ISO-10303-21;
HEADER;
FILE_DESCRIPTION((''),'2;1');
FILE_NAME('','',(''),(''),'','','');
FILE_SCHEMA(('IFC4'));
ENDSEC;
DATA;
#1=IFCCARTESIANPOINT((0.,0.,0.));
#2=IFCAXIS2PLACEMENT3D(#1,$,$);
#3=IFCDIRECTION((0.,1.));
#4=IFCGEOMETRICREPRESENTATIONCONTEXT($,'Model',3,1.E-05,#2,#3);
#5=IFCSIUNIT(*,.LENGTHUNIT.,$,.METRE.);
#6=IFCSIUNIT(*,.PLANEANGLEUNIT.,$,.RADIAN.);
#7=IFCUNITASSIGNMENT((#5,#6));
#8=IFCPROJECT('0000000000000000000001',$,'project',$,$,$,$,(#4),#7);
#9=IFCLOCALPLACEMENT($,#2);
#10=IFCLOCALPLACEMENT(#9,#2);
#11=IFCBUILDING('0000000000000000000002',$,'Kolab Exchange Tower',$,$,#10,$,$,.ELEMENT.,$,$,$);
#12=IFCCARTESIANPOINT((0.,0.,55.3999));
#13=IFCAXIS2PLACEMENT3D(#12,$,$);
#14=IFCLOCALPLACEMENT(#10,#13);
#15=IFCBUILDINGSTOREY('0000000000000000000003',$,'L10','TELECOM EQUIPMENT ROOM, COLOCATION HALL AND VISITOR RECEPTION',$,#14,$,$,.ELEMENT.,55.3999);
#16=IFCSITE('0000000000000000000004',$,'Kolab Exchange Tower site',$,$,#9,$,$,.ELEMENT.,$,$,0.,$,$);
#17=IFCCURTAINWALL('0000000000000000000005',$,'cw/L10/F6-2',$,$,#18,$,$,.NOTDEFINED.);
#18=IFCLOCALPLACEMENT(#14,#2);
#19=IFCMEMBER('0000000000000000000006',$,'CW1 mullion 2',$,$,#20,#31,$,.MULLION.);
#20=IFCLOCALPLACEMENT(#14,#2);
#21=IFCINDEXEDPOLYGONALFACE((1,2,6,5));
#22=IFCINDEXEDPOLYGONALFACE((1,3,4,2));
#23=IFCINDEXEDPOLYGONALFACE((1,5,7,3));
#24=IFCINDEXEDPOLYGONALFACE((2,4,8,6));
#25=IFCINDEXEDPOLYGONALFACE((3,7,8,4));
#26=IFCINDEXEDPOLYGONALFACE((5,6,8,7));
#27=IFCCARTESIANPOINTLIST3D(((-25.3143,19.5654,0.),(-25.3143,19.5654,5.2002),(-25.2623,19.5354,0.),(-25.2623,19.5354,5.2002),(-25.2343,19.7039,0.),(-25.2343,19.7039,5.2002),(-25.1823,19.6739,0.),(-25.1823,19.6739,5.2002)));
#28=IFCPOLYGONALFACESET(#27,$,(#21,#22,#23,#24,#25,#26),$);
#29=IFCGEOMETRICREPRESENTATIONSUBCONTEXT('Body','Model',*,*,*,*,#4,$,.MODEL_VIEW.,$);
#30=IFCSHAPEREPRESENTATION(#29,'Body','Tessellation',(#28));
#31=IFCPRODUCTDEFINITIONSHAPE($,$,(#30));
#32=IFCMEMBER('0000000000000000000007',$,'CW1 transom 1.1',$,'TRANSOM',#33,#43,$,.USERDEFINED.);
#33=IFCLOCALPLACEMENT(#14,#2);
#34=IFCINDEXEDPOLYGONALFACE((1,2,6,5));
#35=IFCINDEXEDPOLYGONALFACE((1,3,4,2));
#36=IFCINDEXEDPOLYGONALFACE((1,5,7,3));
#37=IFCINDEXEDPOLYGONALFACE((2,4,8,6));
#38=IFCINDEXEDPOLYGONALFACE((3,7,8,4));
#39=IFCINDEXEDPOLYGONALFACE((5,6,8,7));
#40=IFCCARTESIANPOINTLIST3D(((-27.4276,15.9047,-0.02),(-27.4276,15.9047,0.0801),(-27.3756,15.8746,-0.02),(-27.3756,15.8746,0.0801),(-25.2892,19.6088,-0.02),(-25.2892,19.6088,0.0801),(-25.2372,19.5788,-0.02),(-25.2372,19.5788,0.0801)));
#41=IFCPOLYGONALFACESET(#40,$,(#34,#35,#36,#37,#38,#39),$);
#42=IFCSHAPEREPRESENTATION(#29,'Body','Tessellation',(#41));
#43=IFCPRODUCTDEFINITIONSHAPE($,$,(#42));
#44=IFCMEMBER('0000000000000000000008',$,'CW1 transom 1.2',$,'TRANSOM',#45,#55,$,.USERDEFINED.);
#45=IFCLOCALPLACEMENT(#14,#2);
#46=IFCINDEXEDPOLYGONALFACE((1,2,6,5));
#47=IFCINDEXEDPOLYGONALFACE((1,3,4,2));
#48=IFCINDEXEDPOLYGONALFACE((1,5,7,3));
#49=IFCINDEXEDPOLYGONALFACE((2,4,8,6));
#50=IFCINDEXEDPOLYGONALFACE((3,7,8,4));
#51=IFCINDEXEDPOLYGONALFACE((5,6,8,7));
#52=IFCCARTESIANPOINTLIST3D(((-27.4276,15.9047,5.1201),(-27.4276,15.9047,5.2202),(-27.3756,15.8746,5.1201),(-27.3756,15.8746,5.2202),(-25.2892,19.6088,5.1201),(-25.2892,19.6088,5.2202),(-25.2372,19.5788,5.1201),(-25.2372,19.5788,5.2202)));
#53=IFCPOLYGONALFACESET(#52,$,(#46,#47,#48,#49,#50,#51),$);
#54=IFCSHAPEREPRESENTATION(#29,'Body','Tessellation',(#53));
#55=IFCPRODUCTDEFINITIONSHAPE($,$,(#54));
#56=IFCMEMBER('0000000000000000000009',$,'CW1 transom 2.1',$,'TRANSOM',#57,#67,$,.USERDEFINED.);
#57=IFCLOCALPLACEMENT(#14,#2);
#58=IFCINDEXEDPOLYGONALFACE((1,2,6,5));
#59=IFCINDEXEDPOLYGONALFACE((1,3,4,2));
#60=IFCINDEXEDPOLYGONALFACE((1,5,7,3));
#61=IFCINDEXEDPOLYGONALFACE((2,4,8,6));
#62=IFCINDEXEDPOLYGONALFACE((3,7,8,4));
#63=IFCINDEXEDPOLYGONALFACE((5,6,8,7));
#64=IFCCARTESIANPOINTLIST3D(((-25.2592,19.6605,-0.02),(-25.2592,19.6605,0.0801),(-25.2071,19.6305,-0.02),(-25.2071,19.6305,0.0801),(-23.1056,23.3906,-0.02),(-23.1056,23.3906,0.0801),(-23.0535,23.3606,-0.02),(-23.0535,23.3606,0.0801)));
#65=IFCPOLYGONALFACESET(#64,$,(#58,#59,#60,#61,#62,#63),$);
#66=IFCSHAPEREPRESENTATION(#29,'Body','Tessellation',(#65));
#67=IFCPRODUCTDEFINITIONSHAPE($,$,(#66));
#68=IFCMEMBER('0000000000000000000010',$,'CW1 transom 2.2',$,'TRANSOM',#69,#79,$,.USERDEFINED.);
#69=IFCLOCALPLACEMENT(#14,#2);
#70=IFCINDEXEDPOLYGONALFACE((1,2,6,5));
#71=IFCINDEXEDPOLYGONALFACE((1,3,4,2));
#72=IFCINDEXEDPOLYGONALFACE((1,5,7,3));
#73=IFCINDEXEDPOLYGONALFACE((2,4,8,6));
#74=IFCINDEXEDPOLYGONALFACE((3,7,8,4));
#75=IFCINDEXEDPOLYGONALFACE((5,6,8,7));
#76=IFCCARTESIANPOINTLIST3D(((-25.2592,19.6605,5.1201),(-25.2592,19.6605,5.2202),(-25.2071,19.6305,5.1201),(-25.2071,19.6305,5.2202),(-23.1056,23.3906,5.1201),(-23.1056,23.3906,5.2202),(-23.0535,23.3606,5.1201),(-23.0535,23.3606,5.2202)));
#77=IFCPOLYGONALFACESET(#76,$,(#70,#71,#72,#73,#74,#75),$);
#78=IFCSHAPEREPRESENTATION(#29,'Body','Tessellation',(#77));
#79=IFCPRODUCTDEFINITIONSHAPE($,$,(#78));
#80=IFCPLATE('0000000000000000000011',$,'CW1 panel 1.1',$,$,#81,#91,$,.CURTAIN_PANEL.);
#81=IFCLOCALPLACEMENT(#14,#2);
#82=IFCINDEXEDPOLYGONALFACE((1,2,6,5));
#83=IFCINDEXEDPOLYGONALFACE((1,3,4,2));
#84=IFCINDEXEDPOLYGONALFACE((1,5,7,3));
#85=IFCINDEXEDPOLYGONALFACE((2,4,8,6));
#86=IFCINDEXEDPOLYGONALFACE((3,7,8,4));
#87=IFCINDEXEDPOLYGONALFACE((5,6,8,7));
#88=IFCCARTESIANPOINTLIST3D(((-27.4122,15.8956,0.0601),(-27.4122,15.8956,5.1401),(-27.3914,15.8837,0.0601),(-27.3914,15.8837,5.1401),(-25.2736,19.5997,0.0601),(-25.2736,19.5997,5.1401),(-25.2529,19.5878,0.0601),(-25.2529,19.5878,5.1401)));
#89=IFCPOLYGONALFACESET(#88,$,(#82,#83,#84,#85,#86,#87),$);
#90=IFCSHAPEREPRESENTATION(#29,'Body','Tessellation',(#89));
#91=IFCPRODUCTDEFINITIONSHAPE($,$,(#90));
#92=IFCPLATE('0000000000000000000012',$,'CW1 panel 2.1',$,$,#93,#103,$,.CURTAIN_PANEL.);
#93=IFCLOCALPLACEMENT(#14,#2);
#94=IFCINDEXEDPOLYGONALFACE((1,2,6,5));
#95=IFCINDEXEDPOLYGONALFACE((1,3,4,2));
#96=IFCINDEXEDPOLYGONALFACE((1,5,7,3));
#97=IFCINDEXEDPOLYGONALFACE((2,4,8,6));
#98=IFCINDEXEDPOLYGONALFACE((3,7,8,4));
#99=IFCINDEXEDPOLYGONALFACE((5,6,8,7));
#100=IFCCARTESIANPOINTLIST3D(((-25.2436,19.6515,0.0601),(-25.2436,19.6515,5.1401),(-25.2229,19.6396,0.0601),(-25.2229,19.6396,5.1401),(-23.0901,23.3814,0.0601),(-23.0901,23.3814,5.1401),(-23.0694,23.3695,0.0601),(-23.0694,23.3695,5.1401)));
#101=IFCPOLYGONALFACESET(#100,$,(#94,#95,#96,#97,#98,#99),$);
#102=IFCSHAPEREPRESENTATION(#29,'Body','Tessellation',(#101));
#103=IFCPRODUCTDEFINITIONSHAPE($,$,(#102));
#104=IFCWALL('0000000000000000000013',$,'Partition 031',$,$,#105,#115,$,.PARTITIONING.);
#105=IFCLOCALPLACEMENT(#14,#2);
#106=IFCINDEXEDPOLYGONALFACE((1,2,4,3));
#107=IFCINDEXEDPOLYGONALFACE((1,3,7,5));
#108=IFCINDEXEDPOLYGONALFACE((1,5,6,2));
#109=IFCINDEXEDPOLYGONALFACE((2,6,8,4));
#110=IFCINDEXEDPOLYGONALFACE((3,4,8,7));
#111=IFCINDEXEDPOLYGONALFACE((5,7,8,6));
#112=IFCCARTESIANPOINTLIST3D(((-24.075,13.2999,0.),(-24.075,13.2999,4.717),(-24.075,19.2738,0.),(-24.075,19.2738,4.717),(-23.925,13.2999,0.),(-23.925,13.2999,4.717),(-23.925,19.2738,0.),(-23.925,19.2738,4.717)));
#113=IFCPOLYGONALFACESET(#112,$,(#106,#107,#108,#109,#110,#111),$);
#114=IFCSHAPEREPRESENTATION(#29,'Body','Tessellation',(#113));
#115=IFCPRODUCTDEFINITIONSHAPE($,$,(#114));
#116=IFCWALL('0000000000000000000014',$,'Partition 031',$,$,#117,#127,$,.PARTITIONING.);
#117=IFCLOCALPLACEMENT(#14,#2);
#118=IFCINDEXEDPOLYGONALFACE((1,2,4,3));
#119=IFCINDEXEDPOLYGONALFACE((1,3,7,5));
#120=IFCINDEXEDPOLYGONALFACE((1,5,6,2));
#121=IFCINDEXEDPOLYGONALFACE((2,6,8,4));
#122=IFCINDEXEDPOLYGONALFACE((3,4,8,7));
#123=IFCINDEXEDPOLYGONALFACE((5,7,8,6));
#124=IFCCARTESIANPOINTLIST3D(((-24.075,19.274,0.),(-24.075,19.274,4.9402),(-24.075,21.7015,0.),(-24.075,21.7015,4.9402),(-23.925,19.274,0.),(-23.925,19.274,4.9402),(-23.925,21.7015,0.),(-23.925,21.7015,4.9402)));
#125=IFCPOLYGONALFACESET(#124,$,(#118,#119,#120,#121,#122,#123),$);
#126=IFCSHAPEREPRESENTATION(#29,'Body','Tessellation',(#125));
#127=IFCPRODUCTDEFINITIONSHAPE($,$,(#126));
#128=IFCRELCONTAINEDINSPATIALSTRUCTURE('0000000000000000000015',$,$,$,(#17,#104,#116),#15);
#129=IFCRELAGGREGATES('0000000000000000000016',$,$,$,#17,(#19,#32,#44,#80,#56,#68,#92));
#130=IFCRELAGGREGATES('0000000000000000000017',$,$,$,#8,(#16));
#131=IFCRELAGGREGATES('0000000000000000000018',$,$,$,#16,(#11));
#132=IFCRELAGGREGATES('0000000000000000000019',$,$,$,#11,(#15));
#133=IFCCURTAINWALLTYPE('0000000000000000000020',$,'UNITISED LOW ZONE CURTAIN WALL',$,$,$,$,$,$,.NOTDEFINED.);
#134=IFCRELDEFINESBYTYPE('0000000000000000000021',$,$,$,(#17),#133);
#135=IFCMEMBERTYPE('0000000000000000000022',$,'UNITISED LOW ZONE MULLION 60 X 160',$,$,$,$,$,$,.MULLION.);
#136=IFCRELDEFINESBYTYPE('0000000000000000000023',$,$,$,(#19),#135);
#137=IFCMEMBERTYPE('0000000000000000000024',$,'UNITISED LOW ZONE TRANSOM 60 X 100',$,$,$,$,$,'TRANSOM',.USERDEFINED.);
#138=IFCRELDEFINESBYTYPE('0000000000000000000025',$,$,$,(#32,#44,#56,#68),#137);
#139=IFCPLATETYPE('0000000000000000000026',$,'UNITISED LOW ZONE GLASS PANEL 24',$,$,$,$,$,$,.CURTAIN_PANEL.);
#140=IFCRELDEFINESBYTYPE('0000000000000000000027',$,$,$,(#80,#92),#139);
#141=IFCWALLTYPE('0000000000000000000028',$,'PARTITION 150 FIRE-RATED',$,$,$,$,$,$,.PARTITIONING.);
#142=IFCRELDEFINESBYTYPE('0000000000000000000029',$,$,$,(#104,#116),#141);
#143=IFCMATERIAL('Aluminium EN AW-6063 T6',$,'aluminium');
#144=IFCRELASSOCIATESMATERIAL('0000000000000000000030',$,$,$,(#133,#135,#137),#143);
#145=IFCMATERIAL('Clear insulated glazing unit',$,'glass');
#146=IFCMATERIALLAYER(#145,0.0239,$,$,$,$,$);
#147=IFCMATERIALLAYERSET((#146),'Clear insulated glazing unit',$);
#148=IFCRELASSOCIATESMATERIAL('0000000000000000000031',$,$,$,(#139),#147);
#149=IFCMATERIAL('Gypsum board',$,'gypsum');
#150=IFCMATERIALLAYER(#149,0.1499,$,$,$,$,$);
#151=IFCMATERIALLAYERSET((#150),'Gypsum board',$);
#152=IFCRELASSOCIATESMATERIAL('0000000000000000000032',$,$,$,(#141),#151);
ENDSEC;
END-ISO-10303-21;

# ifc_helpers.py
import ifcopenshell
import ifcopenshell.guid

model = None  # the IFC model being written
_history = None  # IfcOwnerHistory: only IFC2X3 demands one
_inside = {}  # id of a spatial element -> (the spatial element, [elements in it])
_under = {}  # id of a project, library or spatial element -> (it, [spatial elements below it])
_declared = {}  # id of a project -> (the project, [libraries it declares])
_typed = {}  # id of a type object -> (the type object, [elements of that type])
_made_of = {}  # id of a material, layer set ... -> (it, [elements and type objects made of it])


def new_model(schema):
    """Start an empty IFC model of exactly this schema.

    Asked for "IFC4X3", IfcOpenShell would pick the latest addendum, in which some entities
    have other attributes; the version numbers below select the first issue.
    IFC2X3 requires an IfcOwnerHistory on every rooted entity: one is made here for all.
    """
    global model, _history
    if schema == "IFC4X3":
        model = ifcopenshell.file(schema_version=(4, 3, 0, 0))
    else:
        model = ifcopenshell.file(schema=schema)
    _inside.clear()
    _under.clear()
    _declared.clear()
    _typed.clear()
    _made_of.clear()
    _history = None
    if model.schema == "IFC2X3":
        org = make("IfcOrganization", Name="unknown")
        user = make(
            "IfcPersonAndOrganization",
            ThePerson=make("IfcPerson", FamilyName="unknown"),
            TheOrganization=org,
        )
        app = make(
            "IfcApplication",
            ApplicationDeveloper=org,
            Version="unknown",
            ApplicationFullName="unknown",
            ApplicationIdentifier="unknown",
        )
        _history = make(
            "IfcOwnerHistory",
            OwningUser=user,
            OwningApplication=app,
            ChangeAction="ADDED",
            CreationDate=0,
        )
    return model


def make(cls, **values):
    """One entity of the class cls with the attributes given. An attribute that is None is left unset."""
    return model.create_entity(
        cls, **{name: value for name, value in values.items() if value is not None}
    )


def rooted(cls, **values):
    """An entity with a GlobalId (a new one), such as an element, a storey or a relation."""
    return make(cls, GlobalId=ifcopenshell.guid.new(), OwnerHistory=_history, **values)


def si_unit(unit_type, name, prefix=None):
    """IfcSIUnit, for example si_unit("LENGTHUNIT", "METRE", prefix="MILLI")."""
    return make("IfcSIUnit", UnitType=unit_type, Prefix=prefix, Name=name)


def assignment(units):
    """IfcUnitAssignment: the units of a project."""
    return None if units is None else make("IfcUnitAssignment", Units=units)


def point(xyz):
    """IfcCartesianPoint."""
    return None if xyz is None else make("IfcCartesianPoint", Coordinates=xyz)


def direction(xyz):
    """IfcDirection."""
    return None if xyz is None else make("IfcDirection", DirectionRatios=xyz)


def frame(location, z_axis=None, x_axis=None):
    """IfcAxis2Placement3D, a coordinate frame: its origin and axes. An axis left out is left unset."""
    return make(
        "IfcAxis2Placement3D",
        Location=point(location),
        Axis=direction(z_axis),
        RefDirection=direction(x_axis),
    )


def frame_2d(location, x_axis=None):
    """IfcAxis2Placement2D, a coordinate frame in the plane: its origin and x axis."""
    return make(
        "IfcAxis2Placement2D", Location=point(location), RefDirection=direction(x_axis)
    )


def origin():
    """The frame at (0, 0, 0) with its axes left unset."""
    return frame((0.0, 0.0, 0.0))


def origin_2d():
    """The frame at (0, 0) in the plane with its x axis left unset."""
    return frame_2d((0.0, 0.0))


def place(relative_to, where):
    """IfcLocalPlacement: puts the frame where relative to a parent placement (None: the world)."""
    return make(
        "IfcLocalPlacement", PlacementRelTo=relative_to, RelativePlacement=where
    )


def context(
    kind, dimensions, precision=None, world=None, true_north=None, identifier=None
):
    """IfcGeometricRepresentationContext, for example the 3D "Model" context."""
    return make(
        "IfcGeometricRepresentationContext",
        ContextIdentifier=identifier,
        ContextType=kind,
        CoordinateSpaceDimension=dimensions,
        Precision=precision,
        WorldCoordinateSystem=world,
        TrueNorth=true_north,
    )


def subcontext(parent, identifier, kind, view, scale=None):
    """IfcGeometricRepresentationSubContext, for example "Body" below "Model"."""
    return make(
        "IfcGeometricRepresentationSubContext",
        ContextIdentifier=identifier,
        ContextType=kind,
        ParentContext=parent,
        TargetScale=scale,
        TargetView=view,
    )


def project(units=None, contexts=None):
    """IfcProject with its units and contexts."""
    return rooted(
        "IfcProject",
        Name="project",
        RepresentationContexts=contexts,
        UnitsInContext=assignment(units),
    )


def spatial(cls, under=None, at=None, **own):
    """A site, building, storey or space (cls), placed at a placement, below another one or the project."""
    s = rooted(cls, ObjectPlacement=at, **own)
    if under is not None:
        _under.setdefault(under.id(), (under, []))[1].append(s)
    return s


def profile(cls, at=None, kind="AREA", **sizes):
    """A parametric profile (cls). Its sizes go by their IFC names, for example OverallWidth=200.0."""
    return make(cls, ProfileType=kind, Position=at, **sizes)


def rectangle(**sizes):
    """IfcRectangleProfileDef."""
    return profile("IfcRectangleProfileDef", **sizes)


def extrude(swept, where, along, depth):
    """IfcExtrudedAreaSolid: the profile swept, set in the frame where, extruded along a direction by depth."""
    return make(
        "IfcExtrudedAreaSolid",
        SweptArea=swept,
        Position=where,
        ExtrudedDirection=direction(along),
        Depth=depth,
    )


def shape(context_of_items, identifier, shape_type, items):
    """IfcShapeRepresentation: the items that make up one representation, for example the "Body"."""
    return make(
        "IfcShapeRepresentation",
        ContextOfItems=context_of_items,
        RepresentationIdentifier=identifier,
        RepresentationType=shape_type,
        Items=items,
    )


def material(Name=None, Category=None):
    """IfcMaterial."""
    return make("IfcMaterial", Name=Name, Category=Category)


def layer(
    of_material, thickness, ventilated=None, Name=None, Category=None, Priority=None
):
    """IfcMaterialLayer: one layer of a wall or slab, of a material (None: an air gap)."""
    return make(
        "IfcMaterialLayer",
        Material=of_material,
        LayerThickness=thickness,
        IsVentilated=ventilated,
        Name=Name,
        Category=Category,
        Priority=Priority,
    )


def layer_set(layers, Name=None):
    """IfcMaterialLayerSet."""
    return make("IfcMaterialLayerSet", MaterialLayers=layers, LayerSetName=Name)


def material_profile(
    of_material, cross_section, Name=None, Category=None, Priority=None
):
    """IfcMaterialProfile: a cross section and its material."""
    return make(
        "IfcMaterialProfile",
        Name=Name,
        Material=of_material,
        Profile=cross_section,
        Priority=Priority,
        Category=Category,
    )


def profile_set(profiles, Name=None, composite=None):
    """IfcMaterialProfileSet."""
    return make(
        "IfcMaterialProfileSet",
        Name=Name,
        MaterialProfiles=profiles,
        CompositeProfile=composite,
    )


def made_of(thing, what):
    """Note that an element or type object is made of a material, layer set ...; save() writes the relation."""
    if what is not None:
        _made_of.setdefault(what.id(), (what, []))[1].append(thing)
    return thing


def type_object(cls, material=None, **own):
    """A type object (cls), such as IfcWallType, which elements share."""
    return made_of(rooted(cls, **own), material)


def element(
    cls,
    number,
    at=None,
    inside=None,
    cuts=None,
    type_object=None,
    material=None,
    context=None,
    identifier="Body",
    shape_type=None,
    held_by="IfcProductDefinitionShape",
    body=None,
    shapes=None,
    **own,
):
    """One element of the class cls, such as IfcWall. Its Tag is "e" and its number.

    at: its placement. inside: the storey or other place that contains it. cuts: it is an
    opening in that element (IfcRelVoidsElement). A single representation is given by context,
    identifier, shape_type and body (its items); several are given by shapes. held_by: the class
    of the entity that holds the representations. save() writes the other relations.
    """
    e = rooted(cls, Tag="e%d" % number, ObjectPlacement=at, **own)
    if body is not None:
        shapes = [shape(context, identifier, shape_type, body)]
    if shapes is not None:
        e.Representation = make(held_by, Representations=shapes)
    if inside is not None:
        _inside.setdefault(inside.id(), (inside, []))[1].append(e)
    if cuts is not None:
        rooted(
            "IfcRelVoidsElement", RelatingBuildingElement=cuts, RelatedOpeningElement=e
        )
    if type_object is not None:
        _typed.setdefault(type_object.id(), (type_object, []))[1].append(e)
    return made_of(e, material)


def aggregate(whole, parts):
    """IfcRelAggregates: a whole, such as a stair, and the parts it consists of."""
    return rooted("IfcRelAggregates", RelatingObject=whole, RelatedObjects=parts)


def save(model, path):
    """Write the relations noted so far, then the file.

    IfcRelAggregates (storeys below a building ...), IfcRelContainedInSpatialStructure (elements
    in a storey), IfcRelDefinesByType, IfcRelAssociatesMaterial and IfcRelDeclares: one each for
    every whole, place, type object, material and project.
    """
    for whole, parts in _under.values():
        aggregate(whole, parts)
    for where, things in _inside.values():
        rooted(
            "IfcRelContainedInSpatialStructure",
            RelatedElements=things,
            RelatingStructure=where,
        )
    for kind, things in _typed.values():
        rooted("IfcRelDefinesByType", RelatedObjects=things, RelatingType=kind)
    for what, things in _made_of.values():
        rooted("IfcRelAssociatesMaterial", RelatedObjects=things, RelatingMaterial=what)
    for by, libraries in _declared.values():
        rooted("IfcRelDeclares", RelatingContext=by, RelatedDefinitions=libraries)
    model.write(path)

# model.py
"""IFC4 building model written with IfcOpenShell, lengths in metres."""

from ifc_helpers import new_model, si_unit, direction, frame, frame_2d, origin, origin_2d, place, context, subcontext, project, spatial, rectangle, extrude, material, layer, layer_set, material_profile, profile_set, type_object, element, aggregate, save


model = new_model("IFC4")

# Units and contexts
model_context = context("Model", 3, precision=1e-05, world=origin(), true_north=direction((0.0, 1.0)))
body_context = subcontext(model_context, "Body", "Model", "MODEL_VIEW")
ifc_project = project(units=[si_unit("LENGTHUNIT", "METRE"), si_unit("PLANEANGLEUNIT", "RADIAN")], contexts=[model_context])

# Site, building, storey
site_placement = place(None, origin())
site = spatial("IfcSite", under=ifc_project, at=site_placement, Name="Kolab Exchange Tower site", CompositionType="ELEMENT", RefElevation=0.0)
building_placement = place(site_placement, origin())
building = spatial("IfcBuilding", under=site, at=building_placement, Name="Kolab Exchange Tower", CompositionType="ELEMENT")
storey_placement = place(building_placement, frame((0.0, 0.0, 55.3999)))
storey = spatial("IfcBuildingStorey", under=building, at=storey_placement, Name="L10", Description="TELECOM EQUIPMENT ROOM, COLOCATION HALL AND VISITOR RECEPTION", CompositionType="ELEMENT", Elevation=55.3999)

# Curtain wall, members, plates
ifc_material_1 = material(Name="Aluminium EN AW-6063 T6", Category="aluminium")
curtain_wall_type = type_object("IfcCurtainWallType", Name="UNITISED LOW ZONE CURTAIN WALL", PredefinedType="NOTDEFINED", material=ifc_material_1)
curtain_wall_placement = place(storey_placement, origin())
curtain_wall = element("IfcCurtainWall", 1, at=curtain_wall_placement, inside=storey, type_object=curtain_wall_type, Name="cw/L10/F6-2", PredefinedType="NOTDEFINED")
ifc_material_profile_1 = material_profile(ifc_material_1, rectangle(XDim=0.0601, YDim=0.1599, at=origin_2d()), Name="RECT 60X160")
ifc_profile_set_1 = profile_set([ifc_material_profile_1], Name="Aluminium EN AW-6063 T6")
member_type_1 = type_object("IfcMemberType", Name="UNITISED LOW ZONE MULLION 60 X 160", PredefinedType="MULLION", material=ifc_profile_set_1)
member_1_placement = place(storey_placement, frame((-25.2483, 19.6196, 0.0), z_axis=(0.0, 0.0, 1.0), x_axis=(-0.866025, 0.5, 0.0)))
member_1 = element("IfcMember", 2, at=member_1_placement, type_object=member_type_1, Name="CW1 mullion 2", PredefinedType="MULLION", context=body_context, shape_type="SweptSolid", body=[
    extrude(rectangle(XDim=0.0601, YDim=0.1599, at=origin_2d()), origin(), (0.0, 0.0, 1.0), 5.2002),
])
ifc_material_profile_2 = material_profile(ifc_material_1, rectangle(XDim=0.0601, YDim=0.1001, at=origin_2d()), Name="RECT 60X100")
ifc_profile_set_2 = profile_set([ifc_material_profile_2], Name="Aluminium EN AW-6063 T6")
member_type_2 = type_object("IfcMemberType", Name="UNITISED LOW ZONE TRANSOM 60 X 100", ElementType="TRANSOM", PredefinedType="USERDEFINED", material=ifc_profile_set_2)
member_2_placement = place(storey_placement, frame((-27.4016, 15.8896, 0.03), z_axis=(0.499976, 0.866039, 0.0), x_axis=(-0.866039, 0.499976, 0.0)))
member_2 = element("IfcMember", 3, at=member_2_placement, type_object=member_type_2, Name="CW1 transom 1.1", ObjectType="TRANSOM", PredefinedType="USERDEFINED", context=body_context, shape_type="SweptSolid", body=[
    extrude(rectangle(XDim=0.0601, YDim=0.1001, at=origin_2d()), origin(), (0.0, 0.0, 1.0), 4.2771),
])
member_3_placement = place(storey_placement, frame((-27.4016, 15.8896, 5.1702), z_axis=(0.499976, 0.866039, 0.0), x_axis=(-0.866039, 0.499976, 0.0)))
member_3 = element("IfcMember", 4, at=member_3_placement, type_object=member_type_2, Name="CW1 transom 1.2", ObjectType="TRANSOM", PredefinedType="USERDEFINED", context=body_context, shape_type="SweptSolid", body=[
    extrude(rectangle(XDim=0.0601, YDim=0.1001, at=origin_2d()), origin(), (0.0, 0.0, 1.0), 4.2771),
])
member_4_placement = place(storey_placement, frame((-25.2332, 19.6455, 0.03), z_axis=(0.50001, 0.866019, 0.0), x_axis=(-0.866019, 0.50001, 0.0)))
member_4 = element("IfcMember", 5, at=member_4_placement, type_object=member_type_2, Name="CW1 transom 2.1", ObjectType="TRANSOM", PredefinedType="USERDEFINED", context=body_context, shape_type="SweptSolid", body=[
    extrude(rectangle(XDim=0.0601, YDim=0.1001, at=origin_2d()), origin(), (0.0, 0.0, 1.0), 4.3071),
])
member_5_placement = place(storey_placement, frame((-25.2332, 19.6455, 5.1702), z_axis=(0.50001, 0.866019, 0.0), x_axis=(-0.866019, 0.50001, 0.0)))
member_5 = element("IfcMember", 6, at=member_5_placement, type_object=member_type_2, Name="CW1 transom 2.2", ObjectType="TRANSOM", PredefinedType="USERDEFINED", context=body_context, shape_type="SweptSolid", body=[
    extrude(rectangle(XDim=0.0601, YDim=0.1001, at=origin_2d()), origin(), (0.0, 0.0, 1.0), 4.3071),
])
ifc_material_2 = material(Name="Clear insulated glazing unit", Category="glass")
ifc_layer_1 = layer(ifc_material_2, 0.0239)
ifc_layer_set_1 = layer_set([ifc_layer_1], Name="Clear insulated glazing unit")
plate_type = type_object("IfcPlateType", Name="UNITISED LOW ZONE GLASS PANEL 24", PredefinedType="CURTAIN_PANEL", material=ifc_layer_set_1)
plate_1_placement = place(storey_placement, frame((-26.3325, 17.7417, 0.0601), z_axis=(0.0, 0.0, 1.0), x_axis=(0.5, 0.866025, 0.0)))
plate_1 = element("IfcPlate", 7, at=plate_1_placement, type_object=plate_type, Name="CW1 panel 1.1", PredefinedType="CURTAIN_PANEL", context=body_context, shape_type="SweptSolid", body=[
    extrude(rectangle(XDim=4.2771, YDim=0.0239, at=origin_2d()), origin(), (0.0, 0.0, 1.0), 5.0801),
])
plate_2_placement = place(storey_placement, frame((-24.1565, 21.5105, 0.0601), z_axis=(0.0, 0.0, 1.0), x_axis=(0.5, 0.866025, 0.0)))
plate_2 = element("IfcPlate", 8, at=plate_2_placement, type_object=plate_type, Name="CW1 panel 2.1", PredefinedType="CURTAIN_PANEL", context=body_context, shape_type="SweptSolid", body=[
    extrude(rectangle(XDim=4.3069, YDim=0.0239, at=origin_2d()), origin(), (0.0, 0.0, 1.0), 5.0801),
])
aggregate(curtain_wall, [member_1, member_2, member_3, plate_1, member_4, member_5, plate_2])

# Walls
ifc_material_3 = material(Name="Gypsum board", Category="gypsum")
ifc_layer_2 = layer(ifc_material_3, 0.1499)
ifc_layer_set_2 = layer_set([ifc_layer_2], Name="Gypsum board")
wall_type = type_object("IfcWallType", Name="PARTITION 150 FIRE-RATED", PredefinedType="PARTITIONING", material=ifc_layer_set_2)
wall_1_placement = place(storey_placement, frame((-24.0, 13.3, 0.0), z_axis=(0.0, 0.0, 1.0), x_axis=(0.0, 1.0, 0.0)))
element("IfcWall", 9, at=wall_1_placement, inside=storey, type_object=wall_type, Name="Partition 031", PredefinedType="PARTITIONING", context=body_context, shape_type="SweptSolid", body=[
    extrude(rectangle(XDim=5.9739, YDim=0.1499, at=frame_2d((2.9868, 0.0))), origin(), (0.0, 0.0, 1.0), 4.717),
])
wall_2_placement = place(storey_placement, frame((-24.0, 19.2739, 0.0), z_axis=(0.0, 0.0, 1.0), x_axis=(0.0, 1.0, 0.0)))
element("IfcWall", 10, at=wall_2_placement, inside=storey, type_object=wall_type, Name="Partition 031", PredefinedType="PARTITIONING", context=body_context, shape_type="SweptSolid", body=[
    extrude(rectangle(XDim=2.4275, YDim=0.1499, at=frame_2d((1.2139, 0.0))), origin(), (0.0, 0.0, 1.0), 4.9402),
])

save(model, "model.ifc")
